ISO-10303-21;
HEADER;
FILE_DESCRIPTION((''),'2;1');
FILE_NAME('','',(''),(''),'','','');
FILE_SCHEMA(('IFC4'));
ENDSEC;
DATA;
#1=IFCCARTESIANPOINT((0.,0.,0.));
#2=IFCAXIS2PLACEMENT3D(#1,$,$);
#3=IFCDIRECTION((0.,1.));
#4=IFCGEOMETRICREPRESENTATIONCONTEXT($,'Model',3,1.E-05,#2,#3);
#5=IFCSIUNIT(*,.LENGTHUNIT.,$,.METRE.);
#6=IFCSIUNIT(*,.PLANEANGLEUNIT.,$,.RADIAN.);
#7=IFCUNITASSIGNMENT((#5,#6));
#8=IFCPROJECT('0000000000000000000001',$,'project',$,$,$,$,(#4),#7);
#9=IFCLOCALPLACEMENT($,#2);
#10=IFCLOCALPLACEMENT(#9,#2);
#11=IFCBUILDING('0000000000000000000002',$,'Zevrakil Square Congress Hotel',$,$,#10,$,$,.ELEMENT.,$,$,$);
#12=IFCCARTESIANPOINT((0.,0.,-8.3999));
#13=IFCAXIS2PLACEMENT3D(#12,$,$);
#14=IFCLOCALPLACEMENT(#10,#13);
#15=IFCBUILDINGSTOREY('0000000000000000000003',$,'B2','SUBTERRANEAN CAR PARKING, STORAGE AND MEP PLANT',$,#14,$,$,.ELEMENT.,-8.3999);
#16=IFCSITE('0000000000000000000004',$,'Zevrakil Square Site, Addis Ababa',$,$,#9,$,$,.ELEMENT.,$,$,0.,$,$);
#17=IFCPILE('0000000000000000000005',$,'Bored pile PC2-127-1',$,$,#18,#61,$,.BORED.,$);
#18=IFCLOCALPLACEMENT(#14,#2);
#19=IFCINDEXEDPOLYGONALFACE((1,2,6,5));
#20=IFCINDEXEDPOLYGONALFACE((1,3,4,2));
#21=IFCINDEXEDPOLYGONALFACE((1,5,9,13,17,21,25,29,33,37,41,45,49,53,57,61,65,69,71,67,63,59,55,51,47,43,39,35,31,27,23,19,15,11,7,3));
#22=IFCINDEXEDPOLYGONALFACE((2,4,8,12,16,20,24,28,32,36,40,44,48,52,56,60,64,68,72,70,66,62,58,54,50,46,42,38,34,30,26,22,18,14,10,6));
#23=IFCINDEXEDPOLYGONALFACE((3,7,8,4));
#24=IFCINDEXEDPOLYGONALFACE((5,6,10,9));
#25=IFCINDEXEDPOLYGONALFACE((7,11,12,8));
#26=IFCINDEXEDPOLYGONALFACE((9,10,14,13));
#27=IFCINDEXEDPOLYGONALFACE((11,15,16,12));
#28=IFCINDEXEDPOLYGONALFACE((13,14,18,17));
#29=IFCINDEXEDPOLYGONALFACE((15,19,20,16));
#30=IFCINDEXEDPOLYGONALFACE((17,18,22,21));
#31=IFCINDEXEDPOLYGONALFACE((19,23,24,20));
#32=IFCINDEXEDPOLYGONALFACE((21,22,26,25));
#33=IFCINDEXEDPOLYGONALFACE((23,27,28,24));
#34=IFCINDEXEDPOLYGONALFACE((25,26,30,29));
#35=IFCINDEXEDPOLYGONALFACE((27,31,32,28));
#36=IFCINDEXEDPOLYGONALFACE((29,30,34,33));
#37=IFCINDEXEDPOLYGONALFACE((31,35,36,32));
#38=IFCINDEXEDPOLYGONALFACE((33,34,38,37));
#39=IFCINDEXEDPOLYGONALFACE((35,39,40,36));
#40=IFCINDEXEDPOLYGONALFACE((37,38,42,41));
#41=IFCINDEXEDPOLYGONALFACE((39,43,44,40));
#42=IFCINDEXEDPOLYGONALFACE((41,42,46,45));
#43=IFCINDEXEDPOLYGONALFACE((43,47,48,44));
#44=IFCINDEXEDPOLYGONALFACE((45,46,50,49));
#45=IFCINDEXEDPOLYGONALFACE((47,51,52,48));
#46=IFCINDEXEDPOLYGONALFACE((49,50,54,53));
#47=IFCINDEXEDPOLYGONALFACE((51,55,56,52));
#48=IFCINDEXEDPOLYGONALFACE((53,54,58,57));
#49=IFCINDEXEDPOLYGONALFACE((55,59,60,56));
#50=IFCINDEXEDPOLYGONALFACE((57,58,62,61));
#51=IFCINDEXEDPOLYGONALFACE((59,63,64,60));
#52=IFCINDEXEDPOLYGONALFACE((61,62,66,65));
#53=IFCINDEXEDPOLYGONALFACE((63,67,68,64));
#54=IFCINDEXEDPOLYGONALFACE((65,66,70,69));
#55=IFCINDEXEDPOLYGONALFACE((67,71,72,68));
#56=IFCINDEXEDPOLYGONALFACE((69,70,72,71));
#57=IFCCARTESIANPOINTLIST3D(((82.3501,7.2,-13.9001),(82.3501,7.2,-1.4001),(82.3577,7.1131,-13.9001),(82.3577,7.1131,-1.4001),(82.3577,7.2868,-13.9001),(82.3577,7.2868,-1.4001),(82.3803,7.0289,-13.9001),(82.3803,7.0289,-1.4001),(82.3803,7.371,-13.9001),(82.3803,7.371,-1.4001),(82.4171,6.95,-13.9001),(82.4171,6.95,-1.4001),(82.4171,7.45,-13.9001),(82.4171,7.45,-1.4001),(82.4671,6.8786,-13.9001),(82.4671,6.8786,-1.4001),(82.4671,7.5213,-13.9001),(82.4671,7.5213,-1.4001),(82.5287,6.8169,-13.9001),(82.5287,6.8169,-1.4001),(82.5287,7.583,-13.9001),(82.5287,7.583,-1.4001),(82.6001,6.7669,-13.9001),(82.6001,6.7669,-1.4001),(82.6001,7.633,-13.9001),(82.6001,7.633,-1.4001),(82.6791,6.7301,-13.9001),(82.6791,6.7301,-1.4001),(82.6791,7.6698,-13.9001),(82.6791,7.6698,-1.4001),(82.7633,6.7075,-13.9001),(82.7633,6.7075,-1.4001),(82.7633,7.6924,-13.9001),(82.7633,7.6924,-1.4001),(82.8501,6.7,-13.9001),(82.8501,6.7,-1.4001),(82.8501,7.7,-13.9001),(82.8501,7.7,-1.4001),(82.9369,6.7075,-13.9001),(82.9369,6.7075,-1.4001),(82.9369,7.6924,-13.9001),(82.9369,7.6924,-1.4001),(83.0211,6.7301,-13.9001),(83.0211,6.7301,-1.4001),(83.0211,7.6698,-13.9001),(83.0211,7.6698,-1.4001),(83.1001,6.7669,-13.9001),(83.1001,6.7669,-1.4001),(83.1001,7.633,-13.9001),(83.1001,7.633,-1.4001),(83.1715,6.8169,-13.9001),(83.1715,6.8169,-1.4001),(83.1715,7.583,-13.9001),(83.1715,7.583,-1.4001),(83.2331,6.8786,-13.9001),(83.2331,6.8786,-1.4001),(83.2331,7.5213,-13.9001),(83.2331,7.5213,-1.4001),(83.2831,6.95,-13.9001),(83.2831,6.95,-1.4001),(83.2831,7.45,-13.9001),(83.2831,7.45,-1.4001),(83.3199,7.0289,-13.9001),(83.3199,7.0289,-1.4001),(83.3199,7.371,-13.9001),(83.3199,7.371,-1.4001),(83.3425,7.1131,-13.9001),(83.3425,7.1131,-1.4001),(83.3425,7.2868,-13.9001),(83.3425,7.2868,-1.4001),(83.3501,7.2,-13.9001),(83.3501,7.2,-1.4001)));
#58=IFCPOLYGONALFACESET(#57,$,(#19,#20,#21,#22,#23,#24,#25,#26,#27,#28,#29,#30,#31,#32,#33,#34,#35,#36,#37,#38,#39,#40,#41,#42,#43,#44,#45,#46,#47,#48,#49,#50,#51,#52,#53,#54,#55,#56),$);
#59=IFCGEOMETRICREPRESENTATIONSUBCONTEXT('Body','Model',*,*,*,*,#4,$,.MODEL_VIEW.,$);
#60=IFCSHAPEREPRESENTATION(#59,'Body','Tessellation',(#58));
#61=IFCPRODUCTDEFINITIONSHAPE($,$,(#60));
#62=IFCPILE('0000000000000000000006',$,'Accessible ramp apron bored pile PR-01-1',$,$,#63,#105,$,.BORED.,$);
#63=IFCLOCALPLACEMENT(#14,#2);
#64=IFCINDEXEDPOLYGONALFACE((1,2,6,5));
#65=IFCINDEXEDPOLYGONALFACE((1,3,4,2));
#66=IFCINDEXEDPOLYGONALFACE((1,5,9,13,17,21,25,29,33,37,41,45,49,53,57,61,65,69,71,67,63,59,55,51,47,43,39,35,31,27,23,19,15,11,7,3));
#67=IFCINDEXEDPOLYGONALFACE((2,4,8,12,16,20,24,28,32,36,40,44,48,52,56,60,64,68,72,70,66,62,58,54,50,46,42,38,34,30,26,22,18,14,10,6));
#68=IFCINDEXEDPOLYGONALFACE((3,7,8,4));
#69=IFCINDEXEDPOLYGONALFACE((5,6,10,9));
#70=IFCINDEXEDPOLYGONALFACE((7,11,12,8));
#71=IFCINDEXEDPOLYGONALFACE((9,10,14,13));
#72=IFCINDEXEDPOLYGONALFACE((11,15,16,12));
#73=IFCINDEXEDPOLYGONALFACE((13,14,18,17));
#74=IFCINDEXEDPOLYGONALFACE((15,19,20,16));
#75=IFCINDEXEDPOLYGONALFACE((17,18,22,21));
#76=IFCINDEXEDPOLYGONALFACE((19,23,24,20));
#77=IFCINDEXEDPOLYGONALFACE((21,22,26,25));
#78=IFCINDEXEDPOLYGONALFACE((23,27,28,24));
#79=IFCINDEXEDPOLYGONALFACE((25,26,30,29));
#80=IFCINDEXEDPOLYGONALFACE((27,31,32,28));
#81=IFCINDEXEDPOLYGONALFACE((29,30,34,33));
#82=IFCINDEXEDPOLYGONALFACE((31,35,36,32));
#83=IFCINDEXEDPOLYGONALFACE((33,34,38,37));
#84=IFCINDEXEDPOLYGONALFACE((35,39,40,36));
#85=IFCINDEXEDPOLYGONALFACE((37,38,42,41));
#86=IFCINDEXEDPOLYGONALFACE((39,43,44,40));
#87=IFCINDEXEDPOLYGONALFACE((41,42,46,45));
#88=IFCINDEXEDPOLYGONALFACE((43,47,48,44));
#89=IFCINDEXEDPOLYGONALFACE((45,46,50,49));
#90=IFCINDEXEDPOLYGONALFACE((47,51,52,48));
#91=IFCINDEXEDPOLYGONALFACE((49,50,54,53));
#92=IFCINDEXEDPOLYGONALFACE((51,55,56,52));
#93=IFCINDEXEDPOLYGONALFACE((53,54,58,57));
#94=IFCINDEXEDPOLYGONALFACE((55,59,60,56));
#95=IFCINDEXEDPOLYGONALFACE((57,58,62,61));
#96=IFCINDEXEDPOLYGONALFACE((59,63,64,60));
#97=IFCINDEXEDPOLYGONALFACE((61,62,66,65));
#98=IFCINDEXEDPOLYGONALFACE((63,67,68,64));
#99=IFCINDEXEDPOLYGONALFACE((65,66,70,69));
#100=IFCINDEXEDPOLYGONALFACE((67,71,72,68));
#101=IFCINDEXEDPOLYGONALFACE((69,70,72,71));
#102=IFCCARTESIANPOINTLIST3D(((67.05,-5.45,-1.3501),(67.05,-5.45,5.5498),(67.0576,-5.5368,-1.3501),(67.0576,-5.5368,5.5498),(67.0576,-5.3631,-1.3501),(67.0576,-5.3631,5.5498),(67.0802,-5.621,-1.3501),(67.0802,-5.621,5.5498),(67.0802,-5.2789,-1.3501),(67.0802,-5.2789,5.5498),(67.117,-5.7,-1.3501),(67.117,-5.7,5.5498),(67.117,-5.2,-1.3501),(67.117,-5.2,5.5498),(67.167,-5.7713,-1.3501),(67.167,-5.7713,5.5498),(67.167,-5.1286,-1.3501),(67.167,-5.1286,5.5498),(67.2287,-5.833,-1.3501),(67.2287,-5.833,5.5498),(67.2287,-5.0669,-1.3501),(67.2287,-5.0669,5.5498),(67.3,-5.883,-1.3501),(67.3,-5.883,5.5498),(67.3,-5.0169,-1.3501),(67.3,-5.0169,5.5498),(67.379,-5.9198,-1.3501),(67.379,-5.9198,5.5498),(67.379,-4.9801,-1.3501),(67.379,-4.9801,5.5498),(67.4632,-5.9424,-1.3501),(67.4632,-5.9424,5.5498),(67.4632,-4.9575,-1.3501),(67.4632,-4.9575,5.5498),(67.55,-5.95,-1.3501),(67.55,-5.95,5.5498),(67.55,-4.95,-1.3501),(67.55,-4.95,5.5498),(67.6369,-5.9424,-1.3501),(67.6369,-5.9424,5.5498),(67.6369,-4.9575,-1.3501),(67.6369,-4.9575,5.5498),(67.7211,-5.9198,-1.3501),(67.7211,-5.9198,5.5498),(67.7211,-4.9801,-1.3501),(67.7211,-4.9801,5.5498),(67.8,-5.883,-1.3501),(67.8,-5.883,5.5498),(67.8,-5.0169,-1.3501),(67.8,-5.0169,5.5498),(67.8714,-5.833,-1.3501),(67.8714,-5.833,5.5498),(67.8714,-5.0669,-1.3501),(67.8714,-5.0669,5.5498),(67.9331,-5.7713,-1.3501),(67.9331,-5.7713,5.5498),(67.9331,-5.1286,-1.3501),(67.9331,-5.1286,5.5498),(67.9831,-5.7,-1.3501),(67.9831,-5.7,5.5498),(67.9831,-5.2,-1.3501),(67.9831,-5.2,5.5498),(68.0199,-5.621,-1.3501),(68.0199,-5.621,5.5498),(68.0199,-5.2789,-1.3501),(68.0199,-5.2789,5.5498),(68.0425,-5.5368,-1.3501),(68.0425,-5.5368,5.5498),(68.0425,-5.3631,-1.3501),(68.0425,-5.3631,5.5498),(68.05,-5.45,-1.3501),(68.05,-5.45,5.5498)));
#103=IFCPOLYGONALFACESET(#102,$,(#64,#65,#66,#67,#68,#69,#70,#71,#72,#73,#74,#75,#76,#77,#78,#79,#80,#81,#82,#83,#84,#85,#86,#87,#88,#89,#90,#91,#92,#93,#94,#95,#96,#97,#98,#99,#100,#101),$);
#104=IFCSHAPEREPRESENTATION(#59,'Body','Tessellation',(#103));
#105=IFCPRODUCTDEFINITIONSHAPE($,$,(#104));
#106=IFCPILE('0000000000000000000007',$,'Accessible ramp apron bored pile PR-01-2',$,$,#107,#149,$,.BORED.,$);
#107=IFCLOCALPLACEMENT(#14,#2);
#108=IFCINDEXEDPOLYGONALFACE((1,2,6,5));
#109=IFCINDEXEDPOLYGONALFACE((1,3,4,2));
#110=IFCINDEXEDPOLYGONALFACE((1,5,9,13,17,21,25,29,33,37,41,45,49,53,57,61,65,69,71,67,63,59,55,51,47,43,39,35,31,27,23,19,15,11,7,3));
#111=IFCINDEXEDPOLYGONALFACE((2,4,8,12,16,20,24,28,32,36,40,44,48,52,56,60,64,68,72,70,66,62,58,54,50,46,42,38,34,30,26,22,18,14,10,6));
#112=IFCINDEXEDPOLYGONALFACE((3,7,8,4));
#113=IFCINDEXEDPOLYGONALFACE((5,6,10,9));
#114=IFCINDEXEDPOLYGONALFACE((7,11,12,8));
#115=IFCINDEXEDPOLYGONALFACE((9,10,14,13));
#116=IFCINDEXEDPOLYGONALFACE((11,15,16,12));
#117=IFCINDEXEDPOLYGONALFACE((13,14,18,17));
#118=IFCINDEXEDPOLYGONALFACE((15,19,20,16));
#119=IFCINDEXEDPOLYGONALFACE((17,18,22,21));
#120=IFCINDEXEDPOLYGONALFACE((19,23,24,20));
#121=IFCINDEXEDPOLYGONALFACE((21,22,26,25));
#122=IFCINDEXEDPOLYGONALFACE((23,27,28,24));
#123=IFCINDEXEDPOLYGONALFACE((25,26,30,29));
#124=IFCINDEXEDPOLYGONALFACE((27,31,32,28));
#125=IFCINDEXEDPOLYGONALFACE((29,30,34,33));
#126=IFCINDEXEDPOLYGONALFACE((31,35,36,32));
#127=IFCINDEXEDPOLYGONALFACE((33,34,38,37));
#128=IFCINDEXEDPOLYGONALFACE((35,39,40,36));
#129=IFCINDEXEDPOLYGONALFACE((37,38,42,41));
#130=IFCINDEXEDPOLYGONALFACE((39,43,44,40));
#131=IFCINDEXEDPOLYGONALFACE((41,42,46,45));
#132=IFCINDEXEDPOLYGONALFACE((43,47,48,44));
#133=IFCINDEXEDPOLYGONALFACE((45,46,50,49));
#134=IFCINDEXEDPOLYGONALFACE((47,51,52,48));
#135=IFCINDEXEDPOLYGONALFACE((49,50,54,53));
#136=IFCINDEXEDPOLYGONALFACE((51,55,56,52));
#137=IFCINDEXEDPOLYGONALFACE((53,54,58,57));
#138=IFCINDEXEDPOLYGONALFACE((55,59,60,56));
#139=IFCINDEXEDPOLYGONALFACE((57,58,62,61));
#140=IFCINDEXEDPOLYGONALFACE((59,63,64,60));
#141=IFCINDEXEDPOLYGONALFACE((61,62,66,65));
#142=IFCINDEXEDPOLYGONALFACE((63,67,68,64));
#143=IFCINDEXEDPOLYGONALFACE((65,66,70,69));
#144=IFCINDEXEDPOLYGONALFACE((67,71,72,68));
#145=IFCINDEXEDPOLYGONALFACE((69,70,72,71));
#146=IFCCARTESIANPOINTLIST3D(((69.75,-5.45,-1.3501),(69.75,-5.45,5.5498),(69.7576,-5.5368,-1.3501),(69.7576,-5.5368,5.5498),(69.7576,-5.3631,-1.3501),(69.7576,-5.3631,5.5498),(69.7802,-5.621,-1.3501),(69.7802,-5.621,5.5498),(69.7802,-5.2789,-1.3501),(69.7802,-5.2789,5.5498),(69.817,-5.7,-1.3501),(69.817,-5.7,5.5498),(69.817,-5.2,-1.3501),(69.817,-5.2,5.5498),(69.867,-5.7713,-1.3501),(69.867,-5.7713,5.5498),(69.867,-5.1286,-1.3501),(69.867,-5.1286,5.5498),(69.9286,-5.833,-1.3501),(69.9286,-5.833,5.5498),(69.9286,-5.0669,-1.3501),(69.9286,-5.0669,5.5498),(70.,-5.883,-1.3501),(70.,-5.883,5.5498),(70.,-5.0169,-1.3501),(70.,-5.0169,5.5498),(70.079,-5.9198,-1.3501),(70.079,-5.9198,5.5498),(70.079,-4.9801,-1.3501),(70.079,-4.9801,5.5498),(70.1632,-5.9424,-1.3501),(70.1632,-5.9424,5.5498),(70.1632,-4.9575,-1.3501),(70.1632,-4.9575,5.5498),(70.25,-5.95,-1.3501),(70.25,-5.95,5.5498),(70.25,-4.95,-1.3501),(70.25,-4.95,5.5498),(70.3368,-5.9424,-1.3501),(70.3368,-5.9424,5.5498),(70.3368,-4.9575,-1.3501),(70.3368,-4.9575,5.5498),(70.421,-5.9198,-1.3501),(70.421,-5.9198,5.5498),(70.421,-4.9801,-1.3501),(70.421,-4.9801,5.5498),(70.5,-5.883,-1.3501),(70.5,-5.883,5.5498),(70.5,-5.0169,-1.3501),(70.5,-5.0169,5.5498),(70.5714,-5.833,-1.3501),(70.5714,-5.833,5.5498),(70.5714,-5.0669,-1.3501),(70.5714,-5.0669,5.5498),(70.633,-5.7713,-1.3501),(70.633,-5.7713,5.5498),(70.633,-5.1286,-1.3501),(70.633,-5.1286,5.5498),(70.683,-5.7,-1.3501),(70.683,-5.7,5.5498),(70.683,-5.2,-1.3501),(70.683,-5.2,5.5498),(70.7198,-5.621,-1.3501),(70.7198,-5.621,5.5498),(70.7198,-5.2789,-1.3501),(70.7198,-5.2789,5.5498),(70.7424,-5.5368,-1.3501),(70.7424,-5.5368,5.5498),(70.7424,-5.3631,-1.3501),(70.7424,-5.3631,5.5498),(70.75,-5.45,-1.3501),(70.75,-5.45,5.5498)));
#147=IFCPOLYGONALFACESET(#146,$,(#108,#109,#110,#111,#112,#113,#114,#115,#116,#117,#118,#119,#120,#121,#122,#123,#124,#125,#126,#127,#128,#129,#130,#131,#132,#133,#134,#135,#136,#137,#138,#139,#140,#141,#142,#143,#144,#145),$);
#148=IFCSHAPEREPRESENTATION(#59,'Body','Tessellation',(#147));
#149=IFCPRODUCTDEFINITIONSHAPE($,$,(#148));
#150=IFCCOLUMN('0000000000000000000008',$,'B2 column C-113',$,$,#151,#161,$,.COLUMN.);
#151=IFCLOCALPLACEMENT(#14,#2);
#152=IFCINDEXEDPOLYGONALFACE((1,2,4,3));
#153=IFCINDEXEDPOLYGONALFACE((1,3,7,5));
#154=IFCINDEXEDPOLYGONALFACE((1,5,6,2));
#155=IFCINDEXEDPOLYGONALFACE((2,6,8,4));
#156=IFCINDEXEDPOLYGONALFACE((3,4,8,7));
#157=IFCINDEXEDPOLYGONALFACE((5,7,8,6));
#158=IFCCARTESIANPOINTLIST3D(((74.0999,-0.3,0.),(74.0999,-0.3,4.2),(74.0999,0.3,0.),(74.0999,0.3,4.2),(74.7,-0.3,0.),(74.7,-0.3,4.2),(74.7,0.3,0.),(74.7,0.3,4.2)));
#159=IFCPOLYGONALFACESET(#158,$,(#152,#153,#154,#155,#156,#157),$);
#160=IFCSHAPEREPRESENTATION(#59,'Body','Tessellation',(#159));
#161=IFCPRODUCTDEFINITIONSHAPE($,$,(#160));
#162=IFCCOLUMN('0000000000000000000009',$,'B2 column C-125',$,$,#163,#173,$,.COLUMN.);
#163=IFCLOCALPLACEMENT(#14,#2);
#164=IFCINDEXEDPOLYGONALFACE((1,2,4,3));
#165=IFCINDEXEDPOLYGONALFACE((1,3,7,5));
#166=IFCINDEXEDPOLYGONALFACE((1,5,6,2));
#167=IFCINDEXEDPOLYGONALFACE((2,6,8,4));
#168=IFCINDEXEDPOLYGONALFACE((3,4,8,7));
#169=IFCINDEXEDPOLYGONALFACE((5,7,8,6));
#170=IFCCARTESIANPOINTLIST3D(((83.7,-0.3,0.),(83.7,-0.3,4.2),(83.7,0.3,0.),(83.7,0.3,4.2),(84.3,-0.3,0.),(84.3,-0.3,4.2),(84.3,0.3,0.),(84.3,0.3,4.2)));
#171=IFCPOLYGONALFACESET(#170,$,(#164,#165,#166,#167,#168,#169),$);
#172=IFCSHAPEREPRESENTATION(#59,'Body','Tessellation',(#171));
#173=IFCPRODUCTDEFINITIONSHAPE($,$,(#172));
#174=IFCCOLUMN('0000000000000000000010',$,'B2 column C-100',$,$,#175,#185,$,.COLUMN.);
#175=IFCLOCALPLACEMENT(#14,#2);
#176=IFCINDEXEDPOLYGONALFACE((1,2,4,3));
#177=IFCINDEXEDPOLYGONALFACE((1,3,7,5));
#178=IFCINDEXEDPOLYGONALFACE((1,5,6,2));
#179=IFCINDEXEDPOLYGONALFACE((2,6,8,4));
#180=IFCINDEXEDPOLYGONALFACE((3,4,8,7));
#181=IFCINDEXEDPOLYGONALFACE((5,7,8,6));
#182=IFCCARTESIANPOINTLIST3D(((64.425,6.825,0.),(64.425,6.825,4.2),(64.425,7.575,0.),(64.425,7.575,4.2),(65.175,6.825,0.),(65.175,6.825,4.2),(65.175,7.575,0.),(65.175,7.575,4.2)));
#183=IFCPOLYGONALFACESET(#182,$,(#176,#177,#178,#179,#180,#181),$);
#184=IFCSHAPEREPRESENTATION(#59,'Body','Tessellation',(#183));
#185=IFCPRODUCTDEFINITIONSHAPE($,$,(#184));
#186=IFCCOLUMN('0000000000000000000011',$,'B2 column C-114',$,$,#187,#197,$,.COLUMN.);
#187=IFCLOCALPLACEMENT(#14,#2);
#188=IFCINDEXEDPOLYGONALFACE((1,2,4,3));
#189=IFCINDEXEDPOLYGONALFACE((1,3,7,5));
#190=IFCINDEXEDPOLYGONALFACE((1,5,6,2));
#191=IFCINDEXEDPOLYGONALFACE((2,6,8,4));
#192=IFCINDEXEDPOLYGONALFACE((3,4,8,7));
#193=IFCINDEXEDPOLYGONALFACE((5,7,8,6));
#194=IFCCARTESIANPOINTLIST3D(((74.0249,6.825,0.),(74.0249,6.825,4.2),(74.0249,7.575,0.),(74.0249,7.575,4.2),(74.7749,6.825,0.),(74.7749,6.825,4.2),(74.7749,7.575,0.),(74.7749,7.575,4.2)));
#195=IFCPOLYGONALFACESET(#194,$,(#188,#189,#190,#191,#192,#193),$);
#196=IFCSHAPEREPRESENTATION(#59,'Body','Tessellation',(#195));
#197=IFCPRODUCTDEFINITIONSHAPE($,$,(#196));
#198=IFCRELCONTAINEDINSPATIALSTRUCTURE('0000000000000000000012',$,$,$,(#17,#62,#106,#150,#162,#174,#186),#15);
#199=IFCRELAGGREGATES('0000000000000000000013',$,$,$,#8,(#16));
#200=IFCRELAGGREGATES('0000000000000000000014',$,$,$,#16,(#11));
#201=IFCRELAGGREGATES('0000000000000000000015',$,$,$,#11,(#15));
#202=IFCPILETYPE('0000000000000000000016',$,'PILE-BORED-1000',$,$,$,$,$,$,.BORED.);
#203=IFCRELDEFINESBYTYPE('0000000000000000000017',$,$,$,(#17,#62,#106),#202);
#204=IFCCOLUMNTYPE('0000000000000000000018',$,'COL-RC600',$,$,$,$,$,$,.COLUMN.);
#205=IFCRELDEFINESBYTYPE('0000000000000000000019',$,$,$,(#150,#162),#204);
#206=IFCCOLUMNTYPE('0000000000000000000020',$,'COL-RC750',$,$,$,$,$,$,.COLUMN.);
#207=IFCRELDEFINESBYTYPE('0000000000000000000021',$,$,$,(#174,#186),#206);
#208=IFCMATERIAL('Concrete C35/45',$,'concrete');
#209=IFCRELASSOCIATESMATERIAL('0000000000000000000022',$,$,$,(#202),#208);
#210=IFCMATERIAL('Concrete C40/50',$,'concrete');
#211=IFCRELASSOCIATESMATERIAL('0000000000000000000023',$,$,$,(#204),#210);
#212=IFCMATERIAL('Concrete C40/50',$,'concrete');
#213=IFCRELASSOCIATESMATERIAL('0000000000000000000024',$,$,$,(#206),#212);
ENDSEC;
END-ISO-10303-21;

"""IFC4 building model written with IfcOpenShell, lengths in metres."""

from ifc_helpers import new_model, si_unit, direction, frame, origin, origin_2d, place, context, subcontext, project, spatial, rectangle, circle, extrude, material, material_profile, profile_set, type_object, element, save


model = new_model("IFC4")

# Units and contexts
model_context = context("Model", 3, precision=1e-05, world=origin(), true_north=direction((0.0, 1.0)))
body_context = subcontext(model_context, "Body", "Model", "MODEL_VIEW")
ifc_project = project(units=[si_unit("LENGTHUNIT", "METRE"), si_unit("PLANEANGLEUNIT", "RADIAN")], contexts=[model_context])

# Site, building, storey
site_placement = place(None, origin())
site = spatial("IfcSite", under=ifc_project, at=site_placement, Name="Zevrakil Square Site, Addis Ababa", CompositionType="ELEMENT", RefElevation=0.0)
building_placement = place(site_placement, origin())
building = spatial("IfcBuilding", under=site, at=building_placement, Name="Zevrakil Square Congress Hotel", CompositionType="ELEMENT")
storey_placement = place(building_placement, frame((0.0, 0.0, -8.3999)))
storey = spatial("IfcBuildingStorey", under=building, at=storey_placement, Name="B2", Description="SUBTERRANEAN CAR PARKING, STORAGE AND MEP PLANT", CompositionType="ELEMENT", Elevation=-8.3999)

# Piles
ifc_material_1 = material(Name="Concrete C35/45", Category="concrete")
ifc_material_profile_1 = material_profile(ifc_material_1, circle(Radius=0.5, at=origin_2d()), Name="PILE D1000")
ifc_profile_set_1 = profile_set([ifc_material_profile_1], Name="Concrete C35/45")
pile_type = type_object("IfcPileType", Name="PILE-BORED-1000", PredefinedType="BORED", material=ifc_profile_set_1)
pile_1_placement = place(storey_placement, frame((82.8501, 7.2, -1.4001), z_axis=(0.0, 0.0, -1.0), x_axis=(1.0, 0.0, 0.0)))
element("IfcPile", 1, at=pile_1_placement, inside=storey, type_object=pile_type, Name="Bored pile PC2-127-1", PredefinedType="BORED", context=body_context, shape_type="SweptSolid", body=[
    extrude(circle(Radius=0.5, at=origin_2d()), origin(), (0.0, 0.0, 1.0), 12.5),
])
for number, where, z_axis, x_axis, name in (
    (2, (67.55, -5.45, 5.5498), (0.0, 0.0, -1.0), (1.0, 0.0, 0.0), "Accessible ramp apron bored pile PR-01-1"),
    (3, (70.25, -5.45, 5.5498), (0.0, 0.0, -1.0), (1.0, 0.0, 0.0), "Accessible ramp apron bored pile PR-01-2"),
):
    element("IfcPile", number, at=place(storey_placement, frame(where, z_axis=z_axis, x_axis=x_axis)), inside=storey, type_object=pile_type, Name=name, PredefinedType="BORED", context=body_context, shape_type="SweptSolid", body=[
        extrude(circle(Radius=0.5, at=origin_2d()), origin(), (0.0, 0.0, 1.0), 6.8999),
    ])

# Columns
ifc_material_2 = material(Name="Concrete C40/50", Category="concrete")
ifc_material_profile_2 = material_profile(ifc_material_2, rectangle(XDim=0.6001, YDim=0.6001, at=origin_2d()), Name="RC 600x600")
ifc_profile_set_2 = profile_set([ifc_material_profile_2], Name="Concrete C40/50")
column_type_1 = type_object("IfcColumnType", Name="COL-RC600", PredefinedType="COLUMN", material=ifc_profile_set_2)
for number, where, z_axis, x_axis, name in (
    (4, (74.3999, 0.0, 0.0), (0.0, 0.0, 1.0), (1.0, 0.0, 0.0), "B2 column C-113"),
    (5, (84.0, 0.0, 0.0), (0.0, 0.0, 1.0), (1.0, 0.0, 0.0), "B2 column C-125"),
):
    element("IfcColumn", number, at=place(storey_placement, frame(where, z_axis=z_axis, x_axis=x_axis)), inside=storey, type_object=column_type_1, Name=name, PredefinedType="COLUMN", context=body_context, shape_type="SweptSolid", body=[
        extrude(rectangle(XDim=0.6001, YDim=0.6001, at=origin_2d()), origin(), (0.0, 0.0, 1.0), 4.2),
    ])
ifc_material_3 = material(Name="Concrete C40/50", Category="concrete")
ifc_material_profile_3 = material_profile(ifc_material_3, rectangle(XDim=0.75, YDim=0.75, at=origin_2d()), Name="RC 750x750")
ifc_profile_set_3 = profile_set([ifc_material_profile_3], Name="Concrete C40/50")
column_type_2 = type_object("IfcColumnType", Name="COL-RC750", PredefinedType="COLUMN", material=ifc_profile_set_3)
for number, where, z_axis, x_axis, name in (
    (6, (64.8, 7.2, 0.0), (0.0, 0.0, 1.0), (1.0, 0.0, 0.0), "B2 column C-100"),
    (7, (74.3999, 7.2, 0.0), (0.0, 0.0, 1.0), (1.0, 0.0, 0.0), "B2 column C-114"),
):
    element("IfcColumn", number, at=place(storey_placement, frame(where, z_axis=z_axis, x_axis=x_axis)), inside=storey, type_object=column_type_2, Name=name, PredefinedType="COLUMN", context=body_context, shape_type="SweptSolid", body=[
        extrude(rectangle(XDim=0.75, YDim=0.75, at=origin_2d()), origin(), (0.0, 0.0, 1.0), 4.2),
    ])

save(model, "model.ifc")
